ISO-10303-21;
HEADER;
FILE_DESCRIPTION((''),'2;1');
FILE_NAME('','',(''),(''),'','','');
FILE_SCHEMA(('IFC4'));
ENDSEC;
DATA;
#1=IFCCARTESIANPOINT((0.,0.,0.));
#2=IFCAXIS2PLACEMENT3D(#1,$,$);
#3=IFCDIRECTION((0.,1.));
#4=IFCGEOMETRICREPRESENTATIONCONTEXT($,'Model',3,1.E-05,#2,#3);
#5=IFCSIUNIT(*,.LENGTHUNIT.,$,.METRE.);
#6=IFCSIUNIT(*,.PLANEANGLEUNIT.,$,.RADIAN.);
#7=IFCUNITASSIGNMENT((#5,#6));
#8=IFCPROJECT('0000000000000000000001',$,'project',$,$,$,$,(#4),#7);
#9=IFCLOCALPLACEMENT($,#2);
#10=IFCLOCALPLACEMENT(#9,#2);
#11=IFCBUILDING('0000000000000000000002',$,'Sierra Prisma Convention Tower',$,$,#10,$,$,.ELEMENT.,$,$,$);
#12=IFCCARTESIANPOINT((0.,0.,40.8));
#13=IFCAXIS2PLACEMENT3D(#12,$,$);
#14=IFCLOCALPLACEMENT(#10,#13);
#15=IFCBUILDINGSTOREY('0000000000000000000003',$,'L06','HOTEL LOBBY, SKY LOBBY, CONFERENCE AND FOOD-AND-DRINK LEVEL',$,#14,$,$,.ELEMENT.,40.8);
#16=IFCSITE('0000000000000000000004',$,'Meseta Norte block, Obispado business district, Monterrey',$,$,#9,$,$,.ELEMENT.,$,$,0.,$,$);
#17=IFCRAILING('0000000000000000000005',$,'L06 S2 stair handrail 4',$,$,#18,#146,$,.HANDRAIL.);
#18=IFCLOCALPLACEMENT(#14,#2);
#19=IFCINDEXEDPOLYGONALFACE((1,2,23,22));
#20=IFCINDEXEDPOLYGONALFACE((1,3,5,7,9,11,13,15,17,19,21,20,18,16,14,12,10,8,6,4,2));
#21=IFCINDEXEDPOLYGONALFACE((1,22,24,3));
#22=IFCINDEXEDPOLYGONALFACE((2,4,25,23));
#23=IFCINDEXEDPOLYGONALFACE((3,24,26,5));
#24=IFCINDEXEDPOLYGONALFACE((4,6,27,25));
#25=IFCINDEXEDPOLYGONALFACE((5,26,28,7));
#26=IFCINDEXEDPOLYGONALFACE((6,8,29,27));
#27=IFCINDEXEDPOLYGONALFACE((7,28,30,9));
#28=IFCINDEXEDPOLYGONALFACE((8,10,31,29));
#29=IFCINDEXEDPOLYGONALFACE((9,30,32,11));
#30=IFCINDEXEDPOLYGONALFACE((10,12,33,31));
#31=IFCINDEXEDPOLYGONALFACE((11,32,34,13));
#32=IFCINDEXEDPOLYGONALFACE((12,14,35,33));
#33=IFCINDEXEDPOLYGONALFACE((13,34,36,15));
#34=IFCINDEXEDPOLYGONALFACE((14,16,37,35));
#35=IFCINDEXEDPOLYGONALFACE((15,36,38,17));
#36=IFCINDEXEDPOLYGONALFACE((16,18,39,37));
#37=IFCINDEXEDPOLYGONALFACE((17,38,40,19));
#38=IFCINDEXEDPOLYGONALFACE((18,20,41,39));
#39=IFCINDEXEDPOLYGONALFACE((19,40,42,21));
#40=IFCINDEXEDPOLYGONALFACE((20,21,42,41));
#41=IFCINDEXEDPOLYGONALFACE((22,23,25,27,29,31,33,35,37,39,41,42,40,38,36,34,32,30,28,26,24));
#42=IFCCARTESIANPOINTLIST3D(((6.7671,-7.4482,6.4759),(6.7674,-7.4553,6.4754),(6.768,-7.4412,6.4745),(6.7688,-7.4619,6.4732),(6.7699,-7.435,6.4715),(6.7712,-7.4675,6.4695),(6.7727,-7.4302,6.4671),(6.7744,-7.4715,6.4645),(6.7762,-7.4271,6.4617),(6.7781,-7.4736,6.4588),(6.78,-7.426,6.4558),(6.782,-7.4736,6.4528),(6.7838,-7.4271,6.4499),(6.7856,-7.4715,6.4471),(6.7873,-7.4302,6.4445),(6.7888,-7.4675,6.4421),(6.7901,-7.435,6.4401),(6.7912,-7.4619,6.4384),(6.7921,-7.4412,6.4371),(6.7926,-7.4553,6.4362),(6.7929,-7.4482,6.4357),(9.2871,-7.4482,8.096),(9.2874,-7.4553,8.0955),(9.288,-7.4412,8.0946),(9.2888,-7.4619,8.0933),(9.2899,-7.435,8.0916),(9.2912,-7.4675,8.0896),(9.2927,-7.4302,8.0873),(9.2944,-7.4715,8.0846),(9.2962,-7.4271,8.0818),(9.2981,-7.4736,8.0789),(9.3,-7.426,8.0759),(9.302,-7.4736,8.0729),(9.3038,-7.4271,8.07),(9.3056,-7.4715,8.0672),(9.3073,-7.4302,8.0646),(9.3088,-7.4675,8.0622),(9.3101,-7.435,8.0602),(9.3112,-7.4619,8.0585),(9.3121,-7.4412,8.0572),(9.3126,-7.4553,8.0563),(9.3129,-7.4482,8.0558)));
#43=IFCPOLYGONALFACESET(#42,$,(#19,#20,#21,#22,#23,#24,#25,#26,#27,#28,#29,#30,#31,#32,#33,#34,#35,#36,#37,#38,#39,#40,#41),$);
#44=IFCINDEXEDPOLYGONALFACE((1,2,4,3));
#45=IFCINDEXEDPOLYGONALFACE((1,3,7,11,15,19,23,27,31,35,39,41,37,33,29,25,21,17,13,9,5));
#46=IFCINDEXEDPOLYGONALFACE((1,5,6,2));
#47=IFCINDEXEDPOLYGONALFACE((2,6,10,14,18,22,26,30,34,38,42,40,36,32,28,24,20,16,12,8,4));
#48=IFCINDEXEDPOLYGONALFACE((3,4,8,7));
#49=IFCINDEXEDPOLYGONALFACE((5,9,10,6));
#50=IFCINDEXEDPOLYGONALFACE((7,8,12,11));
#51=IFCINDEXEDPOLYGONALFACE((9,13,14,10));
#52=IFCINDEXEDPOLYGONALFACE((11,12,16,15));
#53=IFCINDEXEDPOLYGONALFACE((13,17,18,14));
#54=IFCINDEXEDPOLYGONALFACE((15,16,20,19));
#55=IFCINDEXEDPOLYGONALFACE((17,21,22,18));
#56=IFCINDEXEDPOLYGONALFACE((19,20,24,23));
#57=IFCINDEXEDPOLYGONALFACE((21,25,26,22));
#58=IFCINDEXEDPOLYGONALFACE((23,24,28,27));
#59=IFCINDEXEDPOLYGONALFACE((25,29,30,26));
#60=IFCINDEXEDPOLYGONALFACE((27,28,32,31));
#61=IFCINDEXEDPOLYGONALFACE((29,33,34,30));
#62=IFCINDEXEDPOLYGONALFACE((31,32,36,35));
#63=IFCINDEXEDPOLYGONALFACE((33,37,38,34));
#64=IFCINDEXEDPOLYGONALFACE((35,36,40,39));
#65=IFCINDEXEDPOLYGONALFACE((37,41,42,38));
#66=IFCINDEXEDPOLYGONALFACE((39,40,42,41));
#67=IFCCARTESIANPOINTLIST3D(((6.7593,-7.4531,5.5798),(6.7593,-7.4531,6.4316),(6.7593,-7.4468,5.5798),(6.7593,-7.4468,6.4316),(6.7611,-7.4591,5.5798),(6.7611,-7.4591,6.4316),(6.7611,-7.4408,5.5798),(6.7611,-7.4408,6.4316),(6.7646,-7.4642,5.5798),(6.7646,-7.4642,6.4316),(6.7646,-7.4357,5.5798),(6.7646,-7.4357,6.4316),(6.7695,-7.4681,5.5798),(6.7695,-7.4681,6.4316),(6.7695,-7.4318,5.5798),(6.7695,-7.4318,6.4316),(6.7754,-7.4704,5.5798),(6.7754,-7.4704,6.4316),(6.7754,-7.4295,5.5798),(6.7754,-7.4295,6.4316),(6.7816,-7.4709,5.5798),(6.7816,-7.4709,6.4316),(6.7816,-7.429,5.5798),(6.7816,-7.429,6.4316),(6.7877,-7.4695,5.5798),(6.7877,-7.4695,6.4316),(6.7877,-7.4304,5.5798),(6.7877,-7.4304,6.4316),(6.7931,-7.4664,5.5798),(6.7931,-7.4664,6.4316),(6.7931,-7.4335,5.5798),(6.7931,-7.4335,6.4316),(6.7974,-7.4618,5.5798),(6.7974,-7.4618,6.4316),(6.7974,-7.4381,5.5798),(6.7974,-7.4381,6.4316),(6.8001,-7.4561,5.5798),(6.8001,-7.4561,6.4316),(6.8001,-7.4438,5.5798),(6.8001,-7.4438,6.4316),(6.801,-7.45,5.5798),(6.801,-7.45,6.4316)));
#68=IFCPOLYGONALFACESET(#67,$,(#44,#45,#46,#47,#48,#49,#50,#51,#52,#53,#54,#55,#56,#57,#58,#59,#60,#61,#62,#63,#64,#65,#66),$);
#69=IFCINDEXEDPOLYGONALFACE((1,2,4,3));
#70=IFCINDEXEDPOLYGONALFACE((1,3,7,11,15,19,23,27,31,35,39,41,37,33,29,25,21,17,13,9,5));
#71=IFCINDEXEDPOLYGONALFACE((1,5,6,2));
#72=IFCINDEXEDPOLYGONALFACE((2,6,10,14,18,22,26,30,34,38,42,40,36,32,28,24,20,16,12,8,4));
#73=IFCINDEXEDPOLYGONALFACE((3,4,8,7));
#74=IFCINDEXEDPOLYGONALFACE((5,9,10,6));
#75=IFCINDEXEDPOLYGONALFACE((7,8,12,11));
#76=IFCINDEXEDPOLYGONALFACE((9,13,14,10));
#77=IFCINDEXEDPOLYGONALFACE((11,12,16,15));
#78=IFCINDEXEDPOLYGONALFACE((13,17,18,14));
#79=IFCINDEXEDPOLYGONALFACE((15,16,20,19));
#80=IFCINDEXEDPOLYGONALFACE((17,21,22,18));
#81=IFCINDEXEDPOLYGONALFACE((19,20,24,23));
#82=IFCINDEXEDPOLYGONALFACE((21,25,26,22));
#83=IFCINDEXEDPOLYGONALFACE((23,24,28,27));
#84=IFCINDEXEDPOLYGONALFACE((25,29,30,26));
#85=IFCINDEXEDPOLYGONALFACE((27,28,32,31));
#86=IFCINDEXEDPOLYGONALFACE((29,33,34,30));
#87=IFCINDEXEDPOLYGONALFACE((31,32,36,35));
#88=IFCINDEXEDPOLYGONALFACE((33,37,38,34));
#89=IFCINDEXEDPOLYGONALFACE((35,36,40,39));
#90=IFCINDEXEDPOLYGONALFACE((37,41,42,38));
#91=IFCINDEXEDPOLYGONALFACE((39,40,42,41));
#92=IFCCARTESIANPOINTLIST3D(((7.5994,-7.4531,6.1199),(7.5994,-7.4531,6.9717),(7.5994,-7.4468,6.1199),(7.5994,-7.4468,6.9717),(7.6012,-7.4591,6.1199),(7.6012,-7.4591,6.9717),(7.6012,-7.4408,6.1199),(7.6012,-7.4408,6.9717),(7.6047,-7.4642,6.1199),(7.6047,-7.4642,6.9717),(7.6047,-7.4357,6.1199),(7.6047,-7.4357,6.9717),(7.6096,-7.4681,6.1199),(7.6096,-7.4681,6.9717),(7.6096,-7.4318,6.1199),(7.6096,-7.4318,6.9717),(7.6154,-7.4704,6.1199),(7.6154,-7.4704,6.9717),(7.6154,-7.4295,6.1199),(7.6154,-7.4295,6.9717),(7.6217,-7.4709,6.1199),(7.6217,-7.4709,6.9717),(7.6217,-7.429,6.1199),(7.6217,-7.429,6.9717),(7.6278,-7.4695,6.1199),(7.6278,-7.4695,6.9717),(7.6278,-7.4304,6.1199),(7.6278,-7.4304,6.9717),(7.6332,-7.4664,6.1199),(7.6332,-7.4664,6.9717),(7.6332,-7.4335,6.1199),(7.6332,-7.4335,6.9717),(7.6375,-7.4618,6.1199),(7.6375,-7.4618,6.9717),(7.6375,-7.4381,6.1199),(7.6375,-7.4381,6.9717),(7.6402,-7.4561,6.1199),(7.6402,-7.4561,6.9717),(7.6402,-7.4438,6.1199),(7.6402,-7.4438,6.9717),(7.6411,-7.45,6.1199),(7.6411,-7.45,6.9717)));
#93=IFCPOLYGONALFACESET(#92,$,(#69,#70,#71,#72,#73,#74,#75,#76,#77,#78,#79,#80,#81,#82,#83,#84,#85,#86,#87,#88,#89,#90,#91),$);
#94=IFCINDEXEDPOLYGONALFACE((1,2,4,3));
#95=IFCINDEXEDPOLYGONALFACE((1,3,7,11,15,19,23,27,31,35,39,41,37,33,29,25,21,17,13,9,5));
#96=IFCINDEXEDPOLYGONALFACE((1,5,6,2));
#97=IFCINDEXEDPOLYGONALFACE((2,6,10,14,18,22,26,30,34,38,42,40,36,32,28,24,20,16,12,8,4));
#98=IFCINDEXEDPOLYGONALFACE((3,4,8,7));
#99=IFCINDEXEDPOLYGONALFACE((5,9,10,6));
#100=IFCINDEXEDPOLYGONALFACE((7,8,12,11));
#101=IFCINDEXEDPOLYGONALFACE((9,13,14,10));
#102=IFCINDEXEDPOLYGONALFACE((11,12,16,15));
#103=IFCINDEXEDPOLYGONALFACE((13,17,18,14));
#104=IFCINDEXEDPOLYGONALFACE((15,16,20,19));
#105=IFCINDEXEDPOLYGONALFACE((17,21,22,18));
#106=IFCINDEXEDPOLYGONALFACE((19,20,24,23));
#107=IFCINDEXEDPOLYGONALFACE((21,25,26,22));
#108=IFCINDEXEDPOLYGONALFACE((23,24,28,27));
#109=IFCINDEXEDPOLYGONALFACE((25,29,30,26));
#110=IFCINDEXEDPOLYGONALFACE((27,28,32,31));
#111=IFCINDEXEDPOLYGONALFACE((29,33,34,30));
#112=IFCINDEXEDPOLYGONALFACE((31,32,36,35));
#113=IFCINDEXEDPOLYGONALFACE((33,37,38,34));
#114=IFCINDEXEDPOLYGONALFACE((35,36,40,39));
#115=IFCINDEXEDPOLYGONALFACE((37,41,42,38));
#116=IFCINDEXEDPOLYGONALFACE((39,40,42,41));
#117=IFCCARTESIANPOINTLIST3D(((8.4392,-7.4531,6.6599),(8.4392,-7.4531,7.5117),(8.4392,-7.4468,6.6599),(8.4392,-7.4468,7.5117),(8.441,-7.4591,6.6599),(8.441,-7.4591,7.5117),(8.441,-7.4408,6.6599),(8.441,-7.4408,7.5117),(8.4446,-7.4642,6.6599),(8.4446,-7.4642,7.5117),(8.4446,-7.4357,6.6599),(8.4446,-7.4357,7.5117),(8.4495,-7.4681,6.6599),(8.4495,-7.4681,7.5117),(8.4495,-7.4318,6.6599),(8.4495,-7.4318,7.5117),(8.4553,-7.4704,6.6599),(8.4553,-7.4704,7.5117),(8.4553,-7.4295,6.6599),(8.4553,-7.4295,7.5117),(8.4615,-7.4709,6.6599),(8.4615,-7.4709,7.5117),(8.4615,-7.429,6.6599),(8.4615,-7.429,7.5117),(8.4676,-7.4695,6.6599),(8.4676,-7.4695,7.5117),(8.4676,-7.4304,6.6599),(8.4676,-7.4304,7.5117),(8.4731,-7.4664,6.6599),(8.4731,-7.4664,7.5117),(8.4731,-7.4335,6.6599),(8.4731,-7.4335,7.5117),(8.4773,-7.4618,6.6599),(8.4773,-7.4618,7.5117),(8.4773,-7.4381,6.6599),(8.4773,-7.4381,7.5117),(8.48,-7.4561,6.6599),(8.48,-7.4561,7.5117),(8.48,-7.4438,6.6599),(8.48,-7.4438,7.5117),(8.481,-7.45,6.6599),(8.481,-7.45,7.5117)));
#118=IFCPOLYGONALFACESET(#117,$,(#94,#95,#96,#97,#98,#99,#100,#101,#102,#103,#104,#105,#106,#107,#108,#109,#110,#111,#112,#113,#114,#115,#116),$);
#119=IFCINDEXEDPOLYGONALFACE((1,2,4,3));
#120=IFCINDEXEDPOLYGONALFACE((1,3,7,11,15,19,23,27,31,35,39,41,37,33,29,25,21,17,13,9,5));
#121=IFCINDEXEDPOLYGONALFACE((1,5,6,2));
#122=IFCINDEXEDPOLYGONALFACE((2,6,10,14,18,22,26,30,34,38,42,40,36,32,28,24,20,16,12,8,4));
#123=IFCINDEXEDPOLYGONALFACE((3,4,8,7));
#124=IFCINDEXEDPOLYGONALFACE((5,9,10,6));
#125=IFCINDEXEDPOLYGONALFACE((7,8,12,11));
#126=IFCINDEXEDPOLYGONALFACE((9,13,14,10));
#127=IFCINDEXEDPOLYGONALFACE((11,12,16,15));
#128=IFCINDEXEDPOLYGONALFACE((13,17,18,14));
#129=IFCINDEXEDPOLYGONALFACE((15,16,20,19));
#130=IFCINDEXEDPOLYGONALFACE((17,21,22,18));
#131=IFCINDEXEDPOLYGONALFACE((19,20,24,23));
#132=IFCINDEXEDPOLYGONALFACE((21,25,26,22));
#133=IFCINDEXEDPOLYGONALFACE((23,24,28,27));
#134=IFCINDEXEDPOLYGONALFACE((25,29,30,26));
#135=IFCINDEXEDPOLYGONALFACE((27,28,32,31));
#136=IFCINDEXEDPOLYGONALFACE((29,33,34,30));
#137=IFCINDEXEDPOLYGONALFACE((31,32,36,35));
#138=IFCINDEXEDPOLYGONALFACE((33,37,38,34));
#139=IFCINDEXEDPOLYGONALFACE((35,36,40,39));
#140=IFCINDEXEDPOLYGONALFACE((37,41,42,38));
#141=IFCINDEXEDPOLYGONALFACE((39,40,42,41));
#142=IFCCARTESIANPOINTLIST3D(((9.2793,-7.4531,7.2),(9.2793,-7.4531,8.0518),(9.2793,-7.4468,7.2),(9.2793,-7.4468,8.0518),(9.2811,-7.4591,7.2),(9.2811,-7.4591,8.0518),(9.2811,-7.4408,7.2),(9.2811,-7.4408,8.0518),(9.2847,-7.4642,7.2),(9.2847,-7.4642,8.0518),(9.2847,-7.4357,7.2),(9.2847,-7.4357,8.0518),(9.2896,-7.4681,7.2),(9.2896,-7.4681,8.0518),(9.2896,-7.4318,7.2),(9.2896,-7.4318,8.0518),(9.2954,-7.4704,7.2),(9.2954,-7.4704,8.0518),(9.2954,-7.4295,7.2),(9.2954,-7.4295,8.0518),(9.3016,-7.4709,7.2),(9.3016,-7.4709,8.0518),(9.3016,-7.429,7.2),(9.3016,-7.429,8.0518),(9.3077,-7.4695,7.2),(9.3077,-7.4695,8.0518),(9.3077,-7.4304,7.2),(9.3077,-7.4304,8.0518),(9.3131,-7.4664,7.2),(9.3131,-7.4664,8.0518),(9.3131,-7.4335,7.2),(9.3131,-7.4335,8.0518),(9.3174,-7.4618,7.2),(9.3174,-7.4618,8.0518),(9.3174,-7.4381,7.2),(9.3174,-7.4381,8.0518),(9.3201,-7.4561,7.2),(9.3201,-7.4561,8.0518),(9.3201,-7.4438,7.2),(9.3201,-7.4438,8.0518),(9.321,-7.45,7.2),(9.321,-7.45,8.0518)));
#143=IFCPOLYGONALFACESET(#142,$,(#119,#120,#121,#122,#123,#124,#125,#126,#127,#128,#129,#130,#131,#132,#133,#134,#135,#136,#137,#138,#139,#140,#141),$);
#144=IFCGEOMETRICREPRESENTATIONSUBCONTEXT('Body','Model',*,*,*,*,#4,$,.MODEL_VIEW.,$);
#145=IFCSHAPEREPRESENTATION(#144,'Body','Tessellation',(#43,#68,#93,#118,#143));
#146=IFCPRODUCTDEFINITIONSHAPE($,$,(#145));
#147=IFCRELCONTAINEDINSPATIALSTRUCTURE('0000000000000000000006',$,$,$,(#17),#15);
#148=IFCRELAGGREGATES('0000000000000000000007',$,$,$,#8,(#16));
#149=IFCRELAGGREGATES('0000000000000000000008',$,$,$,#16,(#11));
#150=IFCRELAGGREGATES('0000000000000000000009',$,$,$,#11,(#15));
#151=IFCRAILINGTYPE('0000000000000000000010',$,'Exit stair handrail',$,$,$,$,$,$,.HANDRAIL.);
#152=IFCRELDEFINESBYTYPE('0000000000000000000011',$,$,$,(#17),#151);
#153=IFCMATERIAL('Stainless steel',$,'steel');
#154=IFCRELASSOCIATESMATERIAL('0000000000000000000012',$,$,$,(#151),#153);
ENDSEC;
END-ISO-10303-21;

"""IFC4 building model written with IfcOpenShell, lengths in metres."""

from ifc_helpers import new_model, si_unit, direction, frame, origin, origin_2d, place, context, subcontext, project, spatial, circle, extrude, material, type_object, element, save


model = new_model("IFC4")

# Units and contexts
model_context = context("Model", 3, precision=1e-05, world=origin(), true_north=direction((0.0, 1.0)))
body_context = subcontext(model_context, "Body", "Model", "MODEL_VIEW")
ifc_project = project(units=[si_unit("LENGTHUNIT", "METRE"), si_unit("PLANEANGLEUNIT", "RADIAN")], contexts=[model_context])

# Site, building, storey
site_placement = place(None, origin())
site = spatial("IfcSite", under=ifc_project, at=site_placement, Name="Meseta Norte block, Obispado business district, Monterrey", CompositionType="ELEMENT", RefElevation=0.0)
building_placement = place(site_placement, origin())
building = spatial("IfcBuilding", under=site, at=building_placement, Name="Sierra Prisma Convention Tower", CompositionType="ELEMENT")
storey_placement = place(building_placement, frame((0.0, 0.0, 40.8)))
storey = spatial("IfcBuildingStorey", under=building, at=storey_placement, Name="L06", Description="HOTEL LOBBY, SKY LOBBY, CONFERENCE AND FOOD-AND-DRINK LEVEL", CompositionType="ELEMENT", Elevation=40.8)

# Railing
ifc_material_1 = material(Name="Stainless steel", Category="steel")
railing_type_1 = type_object("IfcRailingType", Name="Exit stair handrail", PredefinedType="HANDRAIL", material=ifc_material_1)
railing_1_placement = place(storey_placement, frame((6.78, -7.45, 5.5798)))
element("IfcRailing", 1, at=railing_1_placement, inside=storey, type_object=railing_type_1, Name="L06 S2 stair handrail 4", PredefinedType="HANDRAIL", context=body_context, shape_type="SweptSolid", body=[
    extrude(circle(Radius=0.0239, at=origin_2d()), frame((0.0, 0.0, 0.876), z_axis=(0.841163, 0.0, 0.540782), x_axis=(0.0, 1.0, 0.0)), (0.0, 0.0, 1.0), 2.9958),
    extrude(circle(Radius=0.021, at=origin_2d()), origin(), (0.0, 0.0, 1.0), 0.8518),
    extrude(circle(Radius=0.021, at=origin_2d()), frame((0.8401, 0.0, 0.54)), (0.0, 0.0, 1.0), 0.8518),
    extrude(circle(Radius=0.021, at=origin_2d()), frame((1.6799, 0.0, 1.0801)), (0.0, 0.0, 1.0), 0.8518),
    extrude(circle(Radius=0.021, at=origin_2d()), frame((2.52, 0.0, 1.6201)), (0.0, 0.0, 1.0), 0.8518),
])

save(model, "model.ifc")
